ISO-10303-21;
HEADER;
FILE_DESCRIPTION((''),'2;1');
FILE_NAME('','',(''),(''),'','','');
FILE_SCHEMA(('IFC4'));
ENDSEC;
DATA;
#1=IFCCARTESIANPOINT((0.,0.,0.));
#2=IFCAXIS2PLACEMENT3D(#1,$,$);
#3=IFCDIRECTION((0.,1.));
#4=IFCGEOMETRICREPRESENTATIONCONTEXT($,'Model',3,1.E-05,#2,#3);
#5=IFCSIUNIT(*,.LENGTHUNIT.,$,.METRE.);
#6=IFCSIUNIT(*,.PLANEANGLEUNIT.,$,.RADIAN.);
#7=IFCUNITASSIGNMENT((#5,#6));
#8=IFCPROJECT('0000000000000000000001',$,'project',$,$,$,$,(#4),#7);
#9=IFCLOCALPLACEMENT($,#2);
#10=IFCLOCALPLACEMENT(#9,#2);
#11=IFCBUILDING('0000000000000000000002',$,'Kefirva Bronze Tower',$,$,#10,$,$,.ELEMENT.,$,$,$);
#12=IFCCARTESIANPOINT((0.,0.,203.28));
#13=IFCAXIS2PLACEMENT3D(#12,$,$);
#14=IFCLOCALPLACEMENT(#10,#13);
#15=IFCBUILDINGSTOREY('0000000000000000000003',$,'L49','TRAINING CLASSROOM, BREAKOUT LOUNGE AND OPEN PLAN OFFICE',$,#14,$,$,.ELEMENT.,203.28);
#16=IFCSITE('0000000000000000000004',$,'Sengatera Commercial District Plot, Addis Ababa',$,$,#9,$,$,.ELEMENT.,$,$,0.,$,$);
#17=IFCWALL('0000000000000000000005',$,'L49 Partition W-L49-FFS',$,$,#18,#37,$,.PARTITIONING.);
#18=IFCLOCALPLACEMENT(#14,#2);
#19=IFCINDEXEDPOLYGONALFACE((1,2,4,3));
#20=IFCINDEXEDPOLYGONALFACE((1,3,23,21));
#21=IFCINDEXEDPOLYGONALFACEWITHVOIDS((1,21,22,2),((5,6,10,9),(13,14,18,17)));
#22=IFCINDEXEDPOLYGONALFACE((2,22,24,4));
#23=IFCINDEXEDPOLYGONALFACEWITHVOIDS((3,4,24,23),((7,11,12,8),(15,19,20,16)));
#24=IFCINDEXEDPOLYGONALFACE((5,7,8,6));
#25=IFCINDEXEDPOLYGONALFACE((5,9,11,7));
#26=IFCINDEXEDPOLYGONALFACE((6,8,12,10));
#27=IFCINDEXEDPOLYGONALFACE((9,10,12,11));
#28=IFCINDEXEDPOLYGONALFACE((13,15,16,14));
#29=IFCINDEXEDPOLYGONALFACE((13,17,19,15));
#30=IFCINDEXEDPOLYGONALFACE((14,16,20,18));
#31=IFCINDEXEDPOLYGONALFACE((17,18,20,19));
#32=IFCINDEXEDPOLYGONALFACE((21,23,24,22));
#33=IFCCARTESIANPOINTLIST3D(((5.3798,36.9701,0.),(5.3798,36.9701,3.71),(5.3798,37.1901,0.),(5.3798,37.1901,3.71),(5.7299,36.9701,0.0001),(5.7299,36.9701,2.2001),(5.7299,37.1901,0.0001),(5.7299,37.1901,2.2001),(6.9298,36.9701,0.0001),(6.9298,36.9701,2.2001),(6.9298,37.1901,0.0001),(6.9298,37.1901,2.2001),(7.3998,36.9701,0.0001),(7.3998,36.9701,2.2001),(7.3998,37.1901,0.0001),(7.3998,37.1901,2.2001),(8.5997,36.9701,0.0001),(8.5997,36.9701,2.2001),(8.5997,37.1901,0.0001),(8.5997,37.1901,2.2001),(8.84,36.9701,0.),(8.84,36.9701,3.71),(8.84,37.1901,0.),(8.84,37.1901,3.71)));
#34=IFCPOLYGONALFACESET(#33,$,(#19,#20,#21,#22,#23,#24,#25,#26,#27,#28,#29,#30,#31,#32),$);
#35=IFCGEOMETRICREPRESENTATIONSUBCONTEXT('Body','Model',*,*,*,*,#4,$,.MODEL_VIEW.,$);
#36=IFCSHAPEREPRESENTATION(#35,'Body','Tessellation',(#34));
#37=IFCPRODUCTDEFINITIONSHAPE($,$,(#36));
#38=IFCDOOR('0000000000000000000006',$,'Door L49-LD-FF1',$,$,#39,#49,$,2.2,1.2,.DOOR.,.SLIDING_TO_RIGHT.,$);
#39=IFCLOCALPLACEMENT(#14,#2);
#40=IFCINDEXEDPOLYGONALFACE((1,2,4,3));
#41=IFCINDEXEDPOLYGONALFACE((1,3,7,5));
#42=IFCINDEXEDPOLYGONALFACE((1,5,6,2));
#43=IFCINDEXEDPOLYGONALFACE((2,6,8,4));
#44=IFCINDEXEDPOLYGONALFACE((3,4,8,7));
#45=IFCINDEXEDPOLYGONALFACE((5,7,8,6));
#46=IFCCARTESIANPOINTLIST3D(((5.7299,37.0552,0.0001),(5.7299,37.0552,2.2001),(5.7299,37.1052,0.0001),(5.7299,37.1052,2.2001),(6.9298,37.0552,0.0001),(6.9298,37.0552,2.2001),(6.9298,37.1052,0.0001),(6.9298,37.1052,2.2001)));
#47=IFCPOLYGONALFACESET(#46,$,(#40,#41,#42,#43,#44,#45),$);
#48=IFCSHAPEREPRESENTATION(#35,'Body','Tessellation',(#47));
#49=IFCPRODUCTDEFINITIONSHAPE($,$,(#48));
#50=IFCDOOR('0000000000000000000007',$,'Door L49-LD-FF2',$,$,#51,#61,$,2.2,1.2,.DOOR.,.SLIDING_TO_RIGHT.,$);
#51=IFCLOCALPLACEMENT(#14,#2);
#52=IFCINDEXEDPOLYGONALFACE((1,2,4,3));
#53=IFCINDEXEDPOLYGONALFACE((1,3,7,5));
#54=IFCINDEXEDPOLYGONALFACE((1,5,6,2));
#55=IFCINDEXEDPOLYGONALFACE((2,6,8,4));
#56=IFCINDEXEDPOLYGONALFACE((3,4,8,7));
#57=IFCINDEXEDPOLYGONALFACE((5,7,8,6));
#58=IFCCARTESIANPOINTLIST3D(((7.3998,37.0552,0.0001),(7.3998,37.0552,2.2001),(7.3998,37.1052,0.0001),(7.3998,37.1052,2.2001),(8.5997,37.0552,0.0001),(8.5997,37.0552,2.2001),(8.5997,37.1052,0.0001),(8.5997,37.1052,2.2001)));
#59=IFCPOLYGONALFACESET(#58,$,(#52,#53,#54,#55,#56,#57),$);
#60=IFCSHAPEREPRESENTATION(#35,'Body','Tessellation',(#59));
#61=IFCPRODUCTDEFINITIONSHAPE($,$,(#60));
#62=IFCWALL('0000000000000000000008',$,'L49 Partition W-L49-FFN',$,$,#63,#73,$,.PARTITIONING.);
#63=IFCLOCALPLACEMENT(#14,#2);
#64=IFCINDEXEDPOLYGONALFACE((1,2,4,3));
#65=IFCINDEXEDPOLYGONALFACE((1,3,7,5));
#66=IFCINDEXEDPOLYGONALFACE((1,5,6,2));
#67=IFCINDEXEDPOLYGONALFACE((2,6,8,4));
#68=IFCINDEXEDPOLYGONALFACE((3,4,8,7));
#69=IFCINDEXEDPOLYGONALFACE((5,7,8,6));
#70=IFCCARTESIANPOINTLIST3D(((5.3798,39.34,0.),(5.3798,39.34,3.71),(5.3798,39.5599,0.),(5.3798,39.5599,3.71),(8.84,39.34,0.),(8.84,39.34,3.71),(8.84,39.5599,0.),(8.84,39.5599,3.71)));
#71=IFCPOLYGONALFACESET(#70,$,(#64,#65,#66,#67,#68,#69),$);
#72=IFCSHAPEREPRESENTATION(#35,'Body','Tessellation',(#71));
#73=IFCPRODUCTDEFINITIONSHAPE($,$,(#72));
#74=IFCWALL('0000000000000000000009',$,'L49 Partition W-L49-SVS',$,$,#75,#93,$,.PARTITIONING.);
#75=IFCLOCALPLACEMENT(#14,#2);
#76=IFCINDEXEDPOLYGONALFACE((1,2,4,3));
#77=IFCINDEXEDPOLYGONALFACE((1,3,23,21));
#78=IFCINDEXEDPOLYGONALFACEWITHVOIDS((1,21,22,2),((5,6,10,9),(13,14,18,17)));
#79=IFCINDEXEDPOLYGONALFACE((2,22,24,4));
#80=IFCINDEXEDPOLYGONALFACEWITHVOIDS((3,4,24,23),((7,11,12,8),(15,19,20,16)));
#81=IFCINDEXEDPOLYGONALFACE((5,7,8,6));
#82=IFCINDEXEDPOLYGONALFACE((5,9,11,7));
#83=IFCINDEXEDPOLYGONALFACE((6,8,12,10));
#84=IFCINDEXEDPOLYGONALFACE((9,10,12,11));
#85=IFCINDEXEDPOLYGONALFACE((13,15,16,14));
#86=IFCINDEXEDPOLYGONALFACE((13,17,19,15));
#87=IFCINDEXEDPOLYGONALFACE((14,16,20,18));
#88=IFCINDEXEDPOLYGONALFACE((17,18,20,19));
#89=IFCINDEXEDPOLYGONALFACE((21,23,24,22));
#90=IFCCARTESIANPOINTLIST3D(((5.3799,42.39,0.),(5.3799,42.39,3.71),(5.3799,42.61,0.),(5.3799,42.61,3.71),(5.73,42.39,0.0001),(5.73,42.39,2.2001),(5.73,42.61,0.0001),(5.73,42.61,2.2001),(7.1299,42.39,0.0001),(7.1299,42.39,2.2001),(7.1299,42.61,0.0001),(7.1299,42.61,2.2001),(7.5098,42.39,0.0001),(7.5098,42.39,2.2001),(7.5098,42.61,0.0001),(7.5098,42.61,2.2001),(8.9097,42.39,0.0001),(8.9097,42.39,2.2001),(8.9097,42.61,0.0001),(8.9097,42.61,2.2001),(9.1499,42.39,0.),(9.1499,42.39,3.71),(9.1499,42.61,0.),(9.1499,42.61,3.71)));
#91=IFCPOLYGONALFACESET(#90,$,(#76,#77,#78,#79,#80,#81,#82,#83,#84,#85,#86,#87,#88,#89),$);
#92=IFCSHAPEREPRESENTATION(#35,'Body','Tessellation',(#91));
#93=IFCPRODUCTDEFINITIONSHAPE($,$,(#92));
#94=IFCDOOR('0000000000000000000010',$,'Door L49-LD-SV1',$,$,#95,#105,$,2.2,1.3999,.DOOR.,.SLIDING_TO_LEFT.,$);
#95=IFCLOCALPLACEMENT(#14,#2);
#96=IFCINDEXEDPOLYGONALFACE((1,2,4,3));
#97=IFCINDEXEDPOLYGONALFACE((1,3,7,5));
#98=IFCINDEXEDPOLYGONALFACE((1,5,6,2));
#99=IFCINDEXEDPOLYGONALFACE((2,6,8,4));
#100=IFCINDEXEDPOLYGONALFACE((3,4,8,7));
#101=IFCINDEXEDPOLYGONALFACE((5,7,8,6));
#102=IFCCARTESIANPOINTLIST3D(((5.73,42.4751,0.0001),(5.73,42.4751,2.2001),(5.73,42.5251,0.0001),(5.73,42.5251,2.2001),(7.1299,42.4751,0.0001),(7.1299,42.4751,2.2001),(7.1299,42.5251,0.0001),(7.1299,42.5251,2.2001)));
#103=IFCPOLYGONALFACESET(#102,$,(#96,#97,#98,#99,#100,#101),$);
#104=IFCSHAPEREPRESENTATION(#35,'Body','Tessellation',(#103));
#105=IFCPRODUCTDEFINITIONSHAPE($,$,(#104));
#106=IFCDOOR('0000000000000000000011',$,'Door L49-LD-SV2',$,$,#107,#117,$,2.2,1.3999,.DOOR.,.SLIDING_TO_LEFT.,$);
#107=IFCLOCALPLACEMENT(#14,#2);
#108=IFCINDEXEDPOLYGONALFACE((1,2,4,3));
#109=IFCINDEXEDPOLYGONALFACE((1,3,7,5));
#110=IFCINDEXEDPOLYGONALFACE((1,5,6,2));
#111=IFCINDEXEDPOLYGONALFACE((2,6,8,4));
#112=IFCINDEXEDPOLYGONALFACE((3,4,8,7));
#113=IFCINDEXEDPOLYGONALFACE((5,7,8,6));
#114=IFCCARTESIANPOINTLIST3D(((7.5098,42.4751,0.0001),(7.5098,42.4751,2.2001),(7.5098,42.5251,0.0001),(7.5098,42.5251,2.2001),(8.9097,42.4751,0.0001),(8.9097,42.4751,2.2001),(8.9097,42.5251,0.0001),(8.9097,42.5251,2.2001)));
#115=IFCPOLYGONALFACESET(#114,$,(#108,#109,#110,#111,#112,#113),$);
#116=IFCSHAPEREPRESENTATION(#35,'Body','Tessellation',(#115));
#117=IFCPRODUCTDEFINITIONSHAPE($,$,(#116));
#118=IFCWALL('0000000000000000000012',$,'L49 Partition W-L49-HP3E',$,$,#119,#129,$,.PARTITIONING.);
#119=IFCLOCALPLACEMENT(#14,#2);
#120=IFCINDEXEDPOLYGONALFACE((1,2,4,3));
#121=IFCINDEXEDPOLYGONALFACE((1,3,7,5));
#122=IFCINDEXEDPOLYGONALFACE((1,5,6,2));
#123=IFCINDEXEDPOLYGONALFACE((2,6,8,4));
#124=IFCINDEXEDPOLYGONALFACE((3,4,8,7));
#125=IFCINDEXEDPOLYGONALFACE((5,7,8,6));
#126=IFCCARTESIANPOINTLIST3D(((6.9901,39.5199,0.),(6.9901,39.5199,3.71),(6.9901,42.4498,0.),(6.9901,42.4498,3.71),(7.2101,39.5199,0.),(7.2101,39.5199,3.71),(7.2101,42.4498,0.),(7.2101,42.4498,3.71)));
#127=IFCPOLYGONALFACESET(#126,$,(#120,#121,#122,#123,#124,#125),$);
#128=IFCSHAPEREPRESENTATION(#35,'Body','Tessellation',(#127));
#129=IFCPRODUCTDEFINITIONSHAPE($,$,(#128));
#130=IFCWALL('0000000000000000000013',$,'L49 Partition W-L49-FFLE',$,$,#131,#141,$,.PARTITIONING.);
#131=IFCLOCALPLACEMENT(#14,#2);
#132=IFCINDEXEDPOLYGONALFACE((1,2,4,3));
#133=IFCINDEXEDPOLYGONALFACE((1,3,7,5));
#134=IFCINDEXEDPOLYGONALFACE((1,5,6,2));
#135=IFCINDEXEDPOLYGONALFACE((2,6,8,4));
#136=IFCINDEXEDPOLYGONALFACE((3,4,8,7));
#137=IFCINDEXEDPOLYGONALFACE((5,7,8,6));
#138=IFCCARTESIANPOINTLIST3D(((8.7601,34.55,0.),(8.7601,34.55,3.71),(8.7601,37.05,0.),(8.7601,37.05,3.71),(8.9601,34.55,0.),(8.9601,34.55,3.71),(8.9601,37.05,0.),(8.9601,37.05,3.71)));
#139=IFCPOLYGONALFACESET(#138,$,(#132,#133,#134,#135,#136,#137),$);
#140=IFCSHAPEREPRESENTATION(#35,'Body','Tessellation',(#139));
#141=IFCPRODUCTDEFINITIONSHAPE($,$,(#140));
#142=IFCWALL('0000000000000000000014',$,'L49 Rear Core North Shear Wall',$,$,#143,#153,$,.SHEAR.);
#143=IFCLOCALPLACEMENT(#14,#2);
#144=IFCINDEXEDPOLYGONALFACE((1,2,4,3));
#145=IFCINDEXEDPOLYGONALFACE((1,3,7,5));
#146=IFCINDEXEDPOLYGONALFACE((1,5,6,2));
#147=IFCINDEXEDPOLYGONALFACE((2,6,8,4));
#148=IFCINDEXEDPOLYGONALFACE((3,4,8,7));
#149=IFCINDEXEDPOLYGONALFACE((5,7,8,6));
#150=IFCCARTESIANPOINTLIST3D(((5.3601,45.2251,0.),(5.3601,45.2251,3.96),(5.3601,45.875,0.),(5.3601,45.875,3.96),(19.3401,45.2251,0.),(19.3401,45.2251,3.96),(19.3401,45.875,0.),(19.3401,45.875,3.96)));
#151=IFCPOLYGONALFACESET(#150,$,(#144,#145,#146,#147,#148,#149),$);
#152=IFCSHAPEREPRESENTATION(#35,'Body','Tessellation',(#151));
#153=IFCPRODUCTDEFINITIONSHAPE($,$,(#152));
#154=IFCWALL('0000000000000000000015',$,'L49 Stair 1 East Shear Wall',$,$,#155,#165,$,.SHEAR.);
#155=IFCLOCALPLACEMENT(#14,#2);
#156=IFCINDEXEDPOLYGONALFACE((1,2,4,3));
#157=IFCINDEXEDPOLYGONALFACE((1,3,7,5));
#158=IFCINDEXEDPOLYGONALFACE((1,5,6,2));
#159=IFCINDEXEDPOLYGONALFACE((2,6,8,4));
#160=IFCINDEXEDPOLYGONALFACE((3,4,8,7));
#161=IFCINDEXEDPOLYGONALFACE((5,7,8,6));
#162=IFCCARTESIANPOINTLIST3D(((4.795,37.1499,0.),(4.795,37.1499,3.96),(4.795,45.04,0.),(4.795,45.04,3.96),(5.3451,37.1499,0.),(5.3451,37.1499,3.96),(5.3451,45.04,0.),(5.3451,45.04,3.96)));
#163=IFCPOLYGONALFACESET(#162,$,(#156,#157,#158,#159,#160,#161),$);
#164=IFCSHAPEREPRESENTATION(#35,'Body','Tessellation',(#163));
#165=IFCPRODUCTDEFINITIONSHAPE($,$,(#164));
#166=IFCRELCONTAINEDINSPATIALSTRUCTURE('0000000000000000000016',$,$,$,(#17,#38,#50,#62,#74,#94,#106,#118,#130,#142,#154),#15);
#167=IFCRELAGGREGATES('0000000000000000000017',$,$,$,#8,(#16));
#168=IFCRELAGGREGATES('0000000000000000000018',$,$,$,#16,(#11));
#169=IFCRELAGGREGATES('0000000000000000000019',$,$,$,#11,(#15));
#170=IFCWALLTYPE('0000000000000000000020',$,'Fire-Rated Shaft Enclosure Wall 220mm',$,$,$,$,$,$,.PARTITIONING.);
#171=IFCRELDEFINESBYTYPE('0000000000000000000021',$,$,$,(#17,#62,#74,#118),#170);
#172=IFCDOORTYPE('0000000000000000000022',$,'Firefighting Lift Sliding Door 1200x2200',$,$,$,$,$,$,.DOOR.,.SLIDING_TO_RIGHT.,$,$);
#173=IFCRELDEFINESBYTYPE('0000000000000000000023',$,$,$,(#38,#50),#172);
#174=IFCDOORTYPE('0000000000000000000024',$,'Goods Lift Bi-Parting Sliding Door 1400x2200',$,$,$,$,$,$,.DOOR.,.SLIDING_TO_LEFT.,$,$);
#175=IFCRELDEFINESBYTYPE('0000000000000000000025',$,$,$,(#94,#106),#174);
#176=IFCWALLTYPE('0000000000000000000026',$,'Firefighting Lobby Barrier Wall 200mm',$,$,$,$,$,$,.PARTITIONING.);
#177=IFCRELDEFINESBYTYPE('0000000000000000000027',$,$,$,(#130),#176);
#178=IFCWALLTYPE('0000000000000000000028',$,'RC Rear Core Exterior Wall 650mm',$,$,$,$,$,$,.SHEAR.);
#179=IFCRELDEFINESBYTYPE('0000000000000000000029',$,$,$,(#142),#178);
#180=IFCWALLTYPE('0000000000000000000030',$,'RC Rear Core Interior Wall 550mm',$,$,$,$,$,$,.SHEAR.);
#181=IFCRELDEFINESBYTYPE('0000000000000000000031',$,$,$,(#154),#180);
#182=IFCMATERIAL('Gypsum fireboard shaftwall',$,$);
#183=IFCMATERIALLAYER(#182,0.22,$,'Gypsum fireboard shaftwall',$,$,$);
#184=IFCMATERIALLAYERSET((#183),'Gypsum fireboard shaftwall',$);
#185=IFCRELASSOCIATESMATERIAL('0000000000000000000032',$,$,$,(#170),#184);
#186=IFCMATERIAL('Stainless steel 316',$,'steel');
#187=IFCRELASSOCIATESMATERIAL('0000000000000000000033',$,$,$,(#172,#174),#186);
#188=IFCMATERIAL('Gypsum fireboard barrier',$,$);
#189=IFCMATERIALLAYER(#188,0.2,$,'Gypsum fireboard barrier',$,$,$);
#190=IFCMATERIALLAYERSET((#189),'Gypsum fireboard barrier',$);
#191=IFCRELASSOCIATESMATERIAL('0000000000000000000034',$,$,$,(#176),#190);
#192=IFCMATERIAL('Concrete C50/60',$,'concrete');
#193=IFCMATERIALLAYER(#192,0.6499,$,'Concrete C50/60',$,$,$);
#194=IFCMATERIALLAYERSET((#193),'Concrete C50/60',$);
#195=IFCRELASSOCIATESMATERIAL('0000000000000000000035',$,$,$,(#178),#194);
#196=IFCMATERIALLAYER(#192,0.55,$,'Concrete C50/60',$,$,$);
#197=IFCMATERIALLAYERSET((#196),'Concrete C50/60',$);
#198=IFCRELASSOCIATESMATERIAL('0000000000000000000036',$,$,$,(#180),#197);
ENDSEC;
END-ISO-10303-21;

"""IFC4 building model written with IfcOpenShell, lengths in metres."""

from ifc_helpers import new_model, si_unit, direction, frame, frame_2d, origin, place, context, subcontext, project, spatial, rectangle, extrude, material, layer, layer_set, type_object, element, fill, save


model = new_model("IFC4")

# Units and contexts
model_context = context("Model", 3, precision=1e-05, world=origin(), true_north=direction((0.0, 1.0)))
body_context = subcontext(model_context, "Body", "Model", "MODEL_VIEW")
ifc_project = project(units=[si_unit("LENGTHUNIT", "METRE"), si_unit("PLANEANGLEUNIT", "RADIAN")], contexts=[model_context])

# Site, building, storey
site_placement = place(None, origin())
site = spatial("IfcSite", under=ifc_project, at=site_placement, Name="Sengatera Commercial District Plot, Addis Ababa", CompositionType="ELEMENT", RefElevation=0.0)
building_placement = place(site_placement, origin())
building = spatial("IfcBuilding", under=site, at=building_placement, Name="Kefirva Bronze Tower", CompositionType="ELEMENT")
storey_placement = place(building_placement, frame((0.0, 0.0, 203.28)))
storey = spatial("IfcBuildingStorey", under=building, at=storey_placement, Name="L49", Description="TRAINING CLASSROOM, BREAKOUT LOUNGE AND OPEN PLAN OFFICE", CompositionType="ELEMENT", Elevation=203.28)

# Wall, openings, doors
ifc_material_1 = material(Name="Gypsum fireboard shaftwall")
ifc_layer_1 = layer(ifc_material_1, 0.22, Name="Gypsum fireboard shaftwall")
ifc_layer_set_1 = layer_set([ifc_layer_1], Name="Gypsum fireboard shaftwall")
wall_type_1 = type_object("IfcWallType", Name="Fire-Rated Shaft Enclosure Wall 220mm", PredefinedType="PARTITIONING", material=ifc_layer_set_1)
wall_1_placement = place(storey_placement, frame((5.3799, 37.0801, 0.0), z_axis=(0.0, 0.0, 1.0), x_axis=(1.0, 0.0, 0.0)))
wall_1 = element("IfcWall", 1, at=wall_1_placement, inside=storey, type_object=wall_type_1, Name="L49 Partition W-L49-FFS", PredefinedType="PARTITIONING", context=body_context, shape_type="SweptSolid", body=[
    extrude(rectangle(XDim=3.4602, YDim=0.22, at=frame_2d((1.73, 0.0))), origin(), (0.0, 0.0, 1.0), 3.71),
])
opening_1_placement = place(wall_1_placement, frame((1.55, 0.0, 0.0), z_axis=(0.0, 0.0, 1.0), x_axis=(-1.0, 0.0, 0.0)))
opening_1 = element("IfcOpeningElement", 2, at=opening_1_placement, cuts=wall_1, PredefinedType="OPENING", context=body_context, shape_type="SweptSolid", body=[
    extrude(rectangle(XDim=1.2, YDim=2.2, at=frame_2d((0.6001, 1.1001))), frame((0.0, 0.1201, 0.0), z_axis=(0.0, -1.0, 0.0), x_axis=(1.0, 0.0, 0.0)), (0.0, 0.0, 1.0), 0.24),
])
opening_2_placement = place(wall_1_placement, frame((3.22, 0.0, 0.0), z_axis=(0.0, 0.0, 1.0), x_axis=(-1.0, 0.0, 0.0)))
opening_2 = element("IfcOpeningElement", 3, at=opening_2_placement, cuts=wall_1, PredefinedType="OPENING", context=body_context, shape_type="SweptSolid", body=[
    extrude(rectangle(XDim=1.2, YDim=2.2, at=frame_2d((0.6001, 1.1001))), frame((0.0, 0.1201, 0.0), z_axis=(0.0, -1.0, 0.0), x_axis=(1.0, 0.0, 0.0)), (0.0, 0.0, 1.0), 0.24),
])
ifc_material_2 = material(Name="Stainless steel 316", Category="steel")
door_type_1 = type_object("IfcDoorType", Name="Firefighting Lift Sliding Door 1200x2200", OperationType="SLIDING_TO_RIGHT", PredefinedType="DOOR", material=ifc_material_2)
door_1_placement = place(opening_1_placement, origin())
door_1 = element("IfcDoor", 4, at=door_1_placement, inside=storey, type_object=door_type_1, Name="Door L49-LD-FF1", OperationType="SLIDING_TO_RIGHT", OverallHeight=2.2, OverallWidth=1.2, PredefinedType="DOOR", context=body_context, shape_type="SweptSolid", body=[
    extrude(rectangle(XDim=1.2, YDim=2.2, at=frame_2d((0.6001, 1.1001))), frame((0.0, 0.0249, 0.0), z_axis=(0.0, -1.0, 0.0), x_axis=(1.0, 0.0, 0.0)), (0.0, 0.0, 1.0), 0.05),
])
fill(opening_1, door_1)
door_2_placement = place(opening_2_placement, origin())
door_2 = element("IfcDoor", 5, at=door_2_placement, inside=storey, type_object=door_type_1, Name="Door L49-LD-FF2", OperationType="SLIDING_TO_RIGHT", OverallHeight=2.2, OverallWidth=1.2, PredefinedType="DOOR", context=body_context, shape_type="SweptSolid", body=[
    extrude(rectangle(XDim=1.2, YDim=2.2, at=frame_2d((0.6001, 1.1001))), frame((0.0, 0.0249, 0.0), z_axis=(0.0, -1.0, 0.0), x_axis=(1.0, 0.0, 0.0)), (0.0, 0.0, 1.0), 0.05),
])
fill(opening_2, door_2)

# Wall
wall_2_placement = place(storey_placement, frame((5.3799, 39.45, 0.0), z_axis=(0.0, 0.0, 1.0), x_axis=(1.0, 0.0, 0.0)))
element("IfcWall", 6, at=wall_2_placement, inside=storey, type_object=wall_type_1, Name="L49 Partition W-L49-FFN", PredefinedType="PARTITIONING", context=body_context, shape_type="SweptSolid", body=[
    extrude(rectangle(XDim=3.4602, YDim=0.22, at=frame_2d((1.73, 0.0))), origin(), (0.0, 0.0, 1.0), 3.71),
])

# Wall, openings, doors
wall_3_placement = place(storey_placement, frame((5.3799, 42.5, 0.0), z_axis=(0.0, 0.0, 1.0), x_axis=(1.0, 0.0, 0.0)))
wall_3 = element("IfcWall", 7, at=wall_3_placement, inside=storey, type_object=wall_type_1, Name="L49 Partition W-L49-SVS", PredefinedType="PARTITIONING", context=body_context, shape_type="SweptSolid", body=[
    extrude(rectangle(XDim=3.77, YDim=0.22, at=frame_2d((1.885, 0.0))), origin(), (0.0, 0.0, 1.0), 3.71),
])
opening_3_placement = place(wall_3_placement, frame((1.75, 0.0, 0.0), z_axis=(0.0, 0.0, 1.0), x_axis=(-1.0, 0.0, 0.0)))
opening_3 = element("IfcOpeningElement", 8, at=opening_3_placement, cuts=wall_3, PredefinedType="OPENING", context=body_context, shape_type="SweptSolid", body=[
    extrude(rectangle(XDim=1.3999, YDim=2.2, at=frame_2d((0.7, 1.1001))), frame((0.0, 0.1201, 0.0), z_axis=(0.0, -1.0, 0.0), x_axis=(1.0, 0.0, 0.0)), (0.0, 0.0, 1.0), 0.24),
])
opening_4_placement = place(wall_3_placement, frame((3.5298, 0.0, 0.0), z_axis=(0.0, 0.0, 1.0), x_axis=(-1.0, 0.0, 0.0)))
opening_4 = element("IfcOpeningElement", 9, at=opening_4_placement, cuts=wall_3, PredefinedType="OPENING", context=body_context, shape_type="SweptSolid", body=[
    extrude(rectangle(XDim=1.3999, YDim=2.2, at=frame_2d((0.7, 1.1001))), frame((0.0, 0.1201, 0.0), z_axis=(0.0, -1.0, 0.0), x_axis=(1.0, 0.0, 0.0)), (0.0, 0.0, 1.0), 0.24),
])
door_type_2 = type_object("IfcDoorType", Name="Goods Lift Bi-Parting Sliding Door 1400x2200", OperationType="SLIDING_TO_LEFT", PredefinedType="DOOR", material=ifc_material_2)
door_3_placement = place(opening_3_placement, origin())
door_3 = element("IfcDoor", 10, at=door_3_placement, inside=storey, type_object=door_type_2, Name="Door L49-LD-SV1", OperationType="SLIDING_TO_LEFT", OverallHeight=2.2, OverallWidth=1.3999, PredefinedType="DOOR", context=body_context, shape_type="SweptSolid", body=[
    extrude(rectangle(XDim=1.3999, YDim=2.2, at=frame_2d((0.7, 1.1001))), frame((0.0, 0.0249, 0.0), z_axis=(0.0, -1.0, 0.0), x_axis=(1.0, 0.0, 0.0)), (0.0, 0.0, 1.0), 0.05),
])
fill(opening_3, door_3)
door_4_placement = place(opening_4_placement, origin())
door_4 = element("IfcDoor", 11, at=door_4_placement, inside=storey, type_object=door_type_2, Name="Door L49-LD-SV2", OperationType="SLIDING_TO_LEFT", OverallHeight=2.2, OverallWidth=1.3999, PredefinedType="DOOR", context=body_context, shape_type="SweptSolid", body=[
    extrude(rectangle(XDim=1.3999, YDim=2.2, at=frame_2d((0.7, 1.1001))), frame((0.0, 0.0249, 0.0), z_axis=(0.0, -1.0, 0.0), x_axis=(1.0, 0.0, 0.0)), (0.0, 0.0, 1.0), 0.05),
])
fill(opening_4, door_4)

# Walls
wall_4_placement = place(storey_placement, frame((7.1001, 39.52, 0.0), z_axis=(0.0, 0.0, 1.0), x_axis=(0.0, 1.0, 0.0)))
element("IfcWall", 12, at=wall_4_placement, inside=storey, type_object=wall_type_1, Name="L49 Partition W-L49-HP3E", PredefinedType="PARTITIONING", context=body_context, shape_type="SweptSolid", body=[
    extrude(rectangle(XDim=2.9299, YDim=0.22, at=frame_2d((1.4648, 0.0))), origin(), (0.0, 0.0, 1.0), 3.71),
])
ifc_material_3 = material(Name="Gypsum fireboard barrier")
ifc_layer_2 = layer(ifc_material_3, 0.2, Name="Gypsum fireboard barrier")
ifc_layer_set_2 = layer_set([ifc_layer_2], Name="Gypsum fireboard barrier")
wall_type_2 = type_object("IfcWallType", Name="Firefighting Lobby Barrier Wall 200mm", PredefinedType="PARTITIONING", material=ifc_layer_set_2)
wall_5_placement = place(storey_placement, frame((8.8601, 34.55, 0.0), z_axis=(0.0, 0.0, 1.0), x_axis=(0.0, 1.0, 0.0)))
element("IfcWall", 13, at=wall_5_placement, inside=storey, type_object=wall_type_2, Name="L49 Partition W-L49-FFLE", PredefinedType="PARTITIONING", context=body_context, shape_type="SweptSolid", body=[
    extrude(rectangle(XDim=2.5, YDim=0.2, at=frame_2d((1.25, 0.0))), origin(), (0.0, 0.0, 1.0), 3.71),
])

# Walls
ifc_material_4 = material(Name="Concrete C50/60", Category="concrete")
ifc_layer_3 = layer(ifc_material_4, 0.6499, Name="Concrete C50/60")
ifc_layer_set_3 = layer_set([ifc_layer_3], Name="Concrete C50/60")
wall_type_3 = type_object("IfcWallType", Name="RC Rear Core Exterior Wall 650mm", PredefinedType="SHEAR", material=ifc_layer_set_3)
wall_6_placement = place(storey_placement, frame((5.3601, 45.55, 0.0), z_axis=(0.0, 0.0, 1.0), x_axis=(1.0, 0.0, 0.0)))
element("IfcWall", 14, at=wall_6_placement, inside=storey, type_object=wall_type_3, Name="L49 Rear Core North Shear Wall", PredefinedType="SHEAR", context=body_context, shape_type="SweptSolid", body=[
    extrude(rectangle(XDim=13.98, YDim=0.6499, at=frame_2d((6.99, 0.0))), origin(), (0.0, 0.0, 1.0), 3.96),
])
ifc_layer_4 = layer(ifc_material_4, 0.55, Name="Concrete C50/60")
ifc_layer_set_4 = layer_set([ifc_layer_4], Name="Concrete C50/60")
wall_type_4 = type_object("IfcWallType", Name="RC Rear Core Interior Wall 550mm", PredefinedType="SHEAR", material=ifc_layer_set_4)
wall_7_placement = place(storey_placement, frame((5.0701, 37.1499, 0.0), z_axis=(0.0, 0.0, 1.0), x_axis=(0.0, 1.0, 0.0)))
element("IfcWall", 15, at=wall_7_placement, inside=storey, type_object=wall_type_4, Name="L49 Stair 1 East Shear Wall", PredefinedType="SHEAR", context=body_context, shape_type="SweptSolid", body=[
    extrude(rectangle(XDim=7.8901, YDim=0.55, at=frame_2d((3.9451, 0.0))), origin(), (0.0, 0.0, 1.0), 3.96),
])

save(model, "model.ifc")
